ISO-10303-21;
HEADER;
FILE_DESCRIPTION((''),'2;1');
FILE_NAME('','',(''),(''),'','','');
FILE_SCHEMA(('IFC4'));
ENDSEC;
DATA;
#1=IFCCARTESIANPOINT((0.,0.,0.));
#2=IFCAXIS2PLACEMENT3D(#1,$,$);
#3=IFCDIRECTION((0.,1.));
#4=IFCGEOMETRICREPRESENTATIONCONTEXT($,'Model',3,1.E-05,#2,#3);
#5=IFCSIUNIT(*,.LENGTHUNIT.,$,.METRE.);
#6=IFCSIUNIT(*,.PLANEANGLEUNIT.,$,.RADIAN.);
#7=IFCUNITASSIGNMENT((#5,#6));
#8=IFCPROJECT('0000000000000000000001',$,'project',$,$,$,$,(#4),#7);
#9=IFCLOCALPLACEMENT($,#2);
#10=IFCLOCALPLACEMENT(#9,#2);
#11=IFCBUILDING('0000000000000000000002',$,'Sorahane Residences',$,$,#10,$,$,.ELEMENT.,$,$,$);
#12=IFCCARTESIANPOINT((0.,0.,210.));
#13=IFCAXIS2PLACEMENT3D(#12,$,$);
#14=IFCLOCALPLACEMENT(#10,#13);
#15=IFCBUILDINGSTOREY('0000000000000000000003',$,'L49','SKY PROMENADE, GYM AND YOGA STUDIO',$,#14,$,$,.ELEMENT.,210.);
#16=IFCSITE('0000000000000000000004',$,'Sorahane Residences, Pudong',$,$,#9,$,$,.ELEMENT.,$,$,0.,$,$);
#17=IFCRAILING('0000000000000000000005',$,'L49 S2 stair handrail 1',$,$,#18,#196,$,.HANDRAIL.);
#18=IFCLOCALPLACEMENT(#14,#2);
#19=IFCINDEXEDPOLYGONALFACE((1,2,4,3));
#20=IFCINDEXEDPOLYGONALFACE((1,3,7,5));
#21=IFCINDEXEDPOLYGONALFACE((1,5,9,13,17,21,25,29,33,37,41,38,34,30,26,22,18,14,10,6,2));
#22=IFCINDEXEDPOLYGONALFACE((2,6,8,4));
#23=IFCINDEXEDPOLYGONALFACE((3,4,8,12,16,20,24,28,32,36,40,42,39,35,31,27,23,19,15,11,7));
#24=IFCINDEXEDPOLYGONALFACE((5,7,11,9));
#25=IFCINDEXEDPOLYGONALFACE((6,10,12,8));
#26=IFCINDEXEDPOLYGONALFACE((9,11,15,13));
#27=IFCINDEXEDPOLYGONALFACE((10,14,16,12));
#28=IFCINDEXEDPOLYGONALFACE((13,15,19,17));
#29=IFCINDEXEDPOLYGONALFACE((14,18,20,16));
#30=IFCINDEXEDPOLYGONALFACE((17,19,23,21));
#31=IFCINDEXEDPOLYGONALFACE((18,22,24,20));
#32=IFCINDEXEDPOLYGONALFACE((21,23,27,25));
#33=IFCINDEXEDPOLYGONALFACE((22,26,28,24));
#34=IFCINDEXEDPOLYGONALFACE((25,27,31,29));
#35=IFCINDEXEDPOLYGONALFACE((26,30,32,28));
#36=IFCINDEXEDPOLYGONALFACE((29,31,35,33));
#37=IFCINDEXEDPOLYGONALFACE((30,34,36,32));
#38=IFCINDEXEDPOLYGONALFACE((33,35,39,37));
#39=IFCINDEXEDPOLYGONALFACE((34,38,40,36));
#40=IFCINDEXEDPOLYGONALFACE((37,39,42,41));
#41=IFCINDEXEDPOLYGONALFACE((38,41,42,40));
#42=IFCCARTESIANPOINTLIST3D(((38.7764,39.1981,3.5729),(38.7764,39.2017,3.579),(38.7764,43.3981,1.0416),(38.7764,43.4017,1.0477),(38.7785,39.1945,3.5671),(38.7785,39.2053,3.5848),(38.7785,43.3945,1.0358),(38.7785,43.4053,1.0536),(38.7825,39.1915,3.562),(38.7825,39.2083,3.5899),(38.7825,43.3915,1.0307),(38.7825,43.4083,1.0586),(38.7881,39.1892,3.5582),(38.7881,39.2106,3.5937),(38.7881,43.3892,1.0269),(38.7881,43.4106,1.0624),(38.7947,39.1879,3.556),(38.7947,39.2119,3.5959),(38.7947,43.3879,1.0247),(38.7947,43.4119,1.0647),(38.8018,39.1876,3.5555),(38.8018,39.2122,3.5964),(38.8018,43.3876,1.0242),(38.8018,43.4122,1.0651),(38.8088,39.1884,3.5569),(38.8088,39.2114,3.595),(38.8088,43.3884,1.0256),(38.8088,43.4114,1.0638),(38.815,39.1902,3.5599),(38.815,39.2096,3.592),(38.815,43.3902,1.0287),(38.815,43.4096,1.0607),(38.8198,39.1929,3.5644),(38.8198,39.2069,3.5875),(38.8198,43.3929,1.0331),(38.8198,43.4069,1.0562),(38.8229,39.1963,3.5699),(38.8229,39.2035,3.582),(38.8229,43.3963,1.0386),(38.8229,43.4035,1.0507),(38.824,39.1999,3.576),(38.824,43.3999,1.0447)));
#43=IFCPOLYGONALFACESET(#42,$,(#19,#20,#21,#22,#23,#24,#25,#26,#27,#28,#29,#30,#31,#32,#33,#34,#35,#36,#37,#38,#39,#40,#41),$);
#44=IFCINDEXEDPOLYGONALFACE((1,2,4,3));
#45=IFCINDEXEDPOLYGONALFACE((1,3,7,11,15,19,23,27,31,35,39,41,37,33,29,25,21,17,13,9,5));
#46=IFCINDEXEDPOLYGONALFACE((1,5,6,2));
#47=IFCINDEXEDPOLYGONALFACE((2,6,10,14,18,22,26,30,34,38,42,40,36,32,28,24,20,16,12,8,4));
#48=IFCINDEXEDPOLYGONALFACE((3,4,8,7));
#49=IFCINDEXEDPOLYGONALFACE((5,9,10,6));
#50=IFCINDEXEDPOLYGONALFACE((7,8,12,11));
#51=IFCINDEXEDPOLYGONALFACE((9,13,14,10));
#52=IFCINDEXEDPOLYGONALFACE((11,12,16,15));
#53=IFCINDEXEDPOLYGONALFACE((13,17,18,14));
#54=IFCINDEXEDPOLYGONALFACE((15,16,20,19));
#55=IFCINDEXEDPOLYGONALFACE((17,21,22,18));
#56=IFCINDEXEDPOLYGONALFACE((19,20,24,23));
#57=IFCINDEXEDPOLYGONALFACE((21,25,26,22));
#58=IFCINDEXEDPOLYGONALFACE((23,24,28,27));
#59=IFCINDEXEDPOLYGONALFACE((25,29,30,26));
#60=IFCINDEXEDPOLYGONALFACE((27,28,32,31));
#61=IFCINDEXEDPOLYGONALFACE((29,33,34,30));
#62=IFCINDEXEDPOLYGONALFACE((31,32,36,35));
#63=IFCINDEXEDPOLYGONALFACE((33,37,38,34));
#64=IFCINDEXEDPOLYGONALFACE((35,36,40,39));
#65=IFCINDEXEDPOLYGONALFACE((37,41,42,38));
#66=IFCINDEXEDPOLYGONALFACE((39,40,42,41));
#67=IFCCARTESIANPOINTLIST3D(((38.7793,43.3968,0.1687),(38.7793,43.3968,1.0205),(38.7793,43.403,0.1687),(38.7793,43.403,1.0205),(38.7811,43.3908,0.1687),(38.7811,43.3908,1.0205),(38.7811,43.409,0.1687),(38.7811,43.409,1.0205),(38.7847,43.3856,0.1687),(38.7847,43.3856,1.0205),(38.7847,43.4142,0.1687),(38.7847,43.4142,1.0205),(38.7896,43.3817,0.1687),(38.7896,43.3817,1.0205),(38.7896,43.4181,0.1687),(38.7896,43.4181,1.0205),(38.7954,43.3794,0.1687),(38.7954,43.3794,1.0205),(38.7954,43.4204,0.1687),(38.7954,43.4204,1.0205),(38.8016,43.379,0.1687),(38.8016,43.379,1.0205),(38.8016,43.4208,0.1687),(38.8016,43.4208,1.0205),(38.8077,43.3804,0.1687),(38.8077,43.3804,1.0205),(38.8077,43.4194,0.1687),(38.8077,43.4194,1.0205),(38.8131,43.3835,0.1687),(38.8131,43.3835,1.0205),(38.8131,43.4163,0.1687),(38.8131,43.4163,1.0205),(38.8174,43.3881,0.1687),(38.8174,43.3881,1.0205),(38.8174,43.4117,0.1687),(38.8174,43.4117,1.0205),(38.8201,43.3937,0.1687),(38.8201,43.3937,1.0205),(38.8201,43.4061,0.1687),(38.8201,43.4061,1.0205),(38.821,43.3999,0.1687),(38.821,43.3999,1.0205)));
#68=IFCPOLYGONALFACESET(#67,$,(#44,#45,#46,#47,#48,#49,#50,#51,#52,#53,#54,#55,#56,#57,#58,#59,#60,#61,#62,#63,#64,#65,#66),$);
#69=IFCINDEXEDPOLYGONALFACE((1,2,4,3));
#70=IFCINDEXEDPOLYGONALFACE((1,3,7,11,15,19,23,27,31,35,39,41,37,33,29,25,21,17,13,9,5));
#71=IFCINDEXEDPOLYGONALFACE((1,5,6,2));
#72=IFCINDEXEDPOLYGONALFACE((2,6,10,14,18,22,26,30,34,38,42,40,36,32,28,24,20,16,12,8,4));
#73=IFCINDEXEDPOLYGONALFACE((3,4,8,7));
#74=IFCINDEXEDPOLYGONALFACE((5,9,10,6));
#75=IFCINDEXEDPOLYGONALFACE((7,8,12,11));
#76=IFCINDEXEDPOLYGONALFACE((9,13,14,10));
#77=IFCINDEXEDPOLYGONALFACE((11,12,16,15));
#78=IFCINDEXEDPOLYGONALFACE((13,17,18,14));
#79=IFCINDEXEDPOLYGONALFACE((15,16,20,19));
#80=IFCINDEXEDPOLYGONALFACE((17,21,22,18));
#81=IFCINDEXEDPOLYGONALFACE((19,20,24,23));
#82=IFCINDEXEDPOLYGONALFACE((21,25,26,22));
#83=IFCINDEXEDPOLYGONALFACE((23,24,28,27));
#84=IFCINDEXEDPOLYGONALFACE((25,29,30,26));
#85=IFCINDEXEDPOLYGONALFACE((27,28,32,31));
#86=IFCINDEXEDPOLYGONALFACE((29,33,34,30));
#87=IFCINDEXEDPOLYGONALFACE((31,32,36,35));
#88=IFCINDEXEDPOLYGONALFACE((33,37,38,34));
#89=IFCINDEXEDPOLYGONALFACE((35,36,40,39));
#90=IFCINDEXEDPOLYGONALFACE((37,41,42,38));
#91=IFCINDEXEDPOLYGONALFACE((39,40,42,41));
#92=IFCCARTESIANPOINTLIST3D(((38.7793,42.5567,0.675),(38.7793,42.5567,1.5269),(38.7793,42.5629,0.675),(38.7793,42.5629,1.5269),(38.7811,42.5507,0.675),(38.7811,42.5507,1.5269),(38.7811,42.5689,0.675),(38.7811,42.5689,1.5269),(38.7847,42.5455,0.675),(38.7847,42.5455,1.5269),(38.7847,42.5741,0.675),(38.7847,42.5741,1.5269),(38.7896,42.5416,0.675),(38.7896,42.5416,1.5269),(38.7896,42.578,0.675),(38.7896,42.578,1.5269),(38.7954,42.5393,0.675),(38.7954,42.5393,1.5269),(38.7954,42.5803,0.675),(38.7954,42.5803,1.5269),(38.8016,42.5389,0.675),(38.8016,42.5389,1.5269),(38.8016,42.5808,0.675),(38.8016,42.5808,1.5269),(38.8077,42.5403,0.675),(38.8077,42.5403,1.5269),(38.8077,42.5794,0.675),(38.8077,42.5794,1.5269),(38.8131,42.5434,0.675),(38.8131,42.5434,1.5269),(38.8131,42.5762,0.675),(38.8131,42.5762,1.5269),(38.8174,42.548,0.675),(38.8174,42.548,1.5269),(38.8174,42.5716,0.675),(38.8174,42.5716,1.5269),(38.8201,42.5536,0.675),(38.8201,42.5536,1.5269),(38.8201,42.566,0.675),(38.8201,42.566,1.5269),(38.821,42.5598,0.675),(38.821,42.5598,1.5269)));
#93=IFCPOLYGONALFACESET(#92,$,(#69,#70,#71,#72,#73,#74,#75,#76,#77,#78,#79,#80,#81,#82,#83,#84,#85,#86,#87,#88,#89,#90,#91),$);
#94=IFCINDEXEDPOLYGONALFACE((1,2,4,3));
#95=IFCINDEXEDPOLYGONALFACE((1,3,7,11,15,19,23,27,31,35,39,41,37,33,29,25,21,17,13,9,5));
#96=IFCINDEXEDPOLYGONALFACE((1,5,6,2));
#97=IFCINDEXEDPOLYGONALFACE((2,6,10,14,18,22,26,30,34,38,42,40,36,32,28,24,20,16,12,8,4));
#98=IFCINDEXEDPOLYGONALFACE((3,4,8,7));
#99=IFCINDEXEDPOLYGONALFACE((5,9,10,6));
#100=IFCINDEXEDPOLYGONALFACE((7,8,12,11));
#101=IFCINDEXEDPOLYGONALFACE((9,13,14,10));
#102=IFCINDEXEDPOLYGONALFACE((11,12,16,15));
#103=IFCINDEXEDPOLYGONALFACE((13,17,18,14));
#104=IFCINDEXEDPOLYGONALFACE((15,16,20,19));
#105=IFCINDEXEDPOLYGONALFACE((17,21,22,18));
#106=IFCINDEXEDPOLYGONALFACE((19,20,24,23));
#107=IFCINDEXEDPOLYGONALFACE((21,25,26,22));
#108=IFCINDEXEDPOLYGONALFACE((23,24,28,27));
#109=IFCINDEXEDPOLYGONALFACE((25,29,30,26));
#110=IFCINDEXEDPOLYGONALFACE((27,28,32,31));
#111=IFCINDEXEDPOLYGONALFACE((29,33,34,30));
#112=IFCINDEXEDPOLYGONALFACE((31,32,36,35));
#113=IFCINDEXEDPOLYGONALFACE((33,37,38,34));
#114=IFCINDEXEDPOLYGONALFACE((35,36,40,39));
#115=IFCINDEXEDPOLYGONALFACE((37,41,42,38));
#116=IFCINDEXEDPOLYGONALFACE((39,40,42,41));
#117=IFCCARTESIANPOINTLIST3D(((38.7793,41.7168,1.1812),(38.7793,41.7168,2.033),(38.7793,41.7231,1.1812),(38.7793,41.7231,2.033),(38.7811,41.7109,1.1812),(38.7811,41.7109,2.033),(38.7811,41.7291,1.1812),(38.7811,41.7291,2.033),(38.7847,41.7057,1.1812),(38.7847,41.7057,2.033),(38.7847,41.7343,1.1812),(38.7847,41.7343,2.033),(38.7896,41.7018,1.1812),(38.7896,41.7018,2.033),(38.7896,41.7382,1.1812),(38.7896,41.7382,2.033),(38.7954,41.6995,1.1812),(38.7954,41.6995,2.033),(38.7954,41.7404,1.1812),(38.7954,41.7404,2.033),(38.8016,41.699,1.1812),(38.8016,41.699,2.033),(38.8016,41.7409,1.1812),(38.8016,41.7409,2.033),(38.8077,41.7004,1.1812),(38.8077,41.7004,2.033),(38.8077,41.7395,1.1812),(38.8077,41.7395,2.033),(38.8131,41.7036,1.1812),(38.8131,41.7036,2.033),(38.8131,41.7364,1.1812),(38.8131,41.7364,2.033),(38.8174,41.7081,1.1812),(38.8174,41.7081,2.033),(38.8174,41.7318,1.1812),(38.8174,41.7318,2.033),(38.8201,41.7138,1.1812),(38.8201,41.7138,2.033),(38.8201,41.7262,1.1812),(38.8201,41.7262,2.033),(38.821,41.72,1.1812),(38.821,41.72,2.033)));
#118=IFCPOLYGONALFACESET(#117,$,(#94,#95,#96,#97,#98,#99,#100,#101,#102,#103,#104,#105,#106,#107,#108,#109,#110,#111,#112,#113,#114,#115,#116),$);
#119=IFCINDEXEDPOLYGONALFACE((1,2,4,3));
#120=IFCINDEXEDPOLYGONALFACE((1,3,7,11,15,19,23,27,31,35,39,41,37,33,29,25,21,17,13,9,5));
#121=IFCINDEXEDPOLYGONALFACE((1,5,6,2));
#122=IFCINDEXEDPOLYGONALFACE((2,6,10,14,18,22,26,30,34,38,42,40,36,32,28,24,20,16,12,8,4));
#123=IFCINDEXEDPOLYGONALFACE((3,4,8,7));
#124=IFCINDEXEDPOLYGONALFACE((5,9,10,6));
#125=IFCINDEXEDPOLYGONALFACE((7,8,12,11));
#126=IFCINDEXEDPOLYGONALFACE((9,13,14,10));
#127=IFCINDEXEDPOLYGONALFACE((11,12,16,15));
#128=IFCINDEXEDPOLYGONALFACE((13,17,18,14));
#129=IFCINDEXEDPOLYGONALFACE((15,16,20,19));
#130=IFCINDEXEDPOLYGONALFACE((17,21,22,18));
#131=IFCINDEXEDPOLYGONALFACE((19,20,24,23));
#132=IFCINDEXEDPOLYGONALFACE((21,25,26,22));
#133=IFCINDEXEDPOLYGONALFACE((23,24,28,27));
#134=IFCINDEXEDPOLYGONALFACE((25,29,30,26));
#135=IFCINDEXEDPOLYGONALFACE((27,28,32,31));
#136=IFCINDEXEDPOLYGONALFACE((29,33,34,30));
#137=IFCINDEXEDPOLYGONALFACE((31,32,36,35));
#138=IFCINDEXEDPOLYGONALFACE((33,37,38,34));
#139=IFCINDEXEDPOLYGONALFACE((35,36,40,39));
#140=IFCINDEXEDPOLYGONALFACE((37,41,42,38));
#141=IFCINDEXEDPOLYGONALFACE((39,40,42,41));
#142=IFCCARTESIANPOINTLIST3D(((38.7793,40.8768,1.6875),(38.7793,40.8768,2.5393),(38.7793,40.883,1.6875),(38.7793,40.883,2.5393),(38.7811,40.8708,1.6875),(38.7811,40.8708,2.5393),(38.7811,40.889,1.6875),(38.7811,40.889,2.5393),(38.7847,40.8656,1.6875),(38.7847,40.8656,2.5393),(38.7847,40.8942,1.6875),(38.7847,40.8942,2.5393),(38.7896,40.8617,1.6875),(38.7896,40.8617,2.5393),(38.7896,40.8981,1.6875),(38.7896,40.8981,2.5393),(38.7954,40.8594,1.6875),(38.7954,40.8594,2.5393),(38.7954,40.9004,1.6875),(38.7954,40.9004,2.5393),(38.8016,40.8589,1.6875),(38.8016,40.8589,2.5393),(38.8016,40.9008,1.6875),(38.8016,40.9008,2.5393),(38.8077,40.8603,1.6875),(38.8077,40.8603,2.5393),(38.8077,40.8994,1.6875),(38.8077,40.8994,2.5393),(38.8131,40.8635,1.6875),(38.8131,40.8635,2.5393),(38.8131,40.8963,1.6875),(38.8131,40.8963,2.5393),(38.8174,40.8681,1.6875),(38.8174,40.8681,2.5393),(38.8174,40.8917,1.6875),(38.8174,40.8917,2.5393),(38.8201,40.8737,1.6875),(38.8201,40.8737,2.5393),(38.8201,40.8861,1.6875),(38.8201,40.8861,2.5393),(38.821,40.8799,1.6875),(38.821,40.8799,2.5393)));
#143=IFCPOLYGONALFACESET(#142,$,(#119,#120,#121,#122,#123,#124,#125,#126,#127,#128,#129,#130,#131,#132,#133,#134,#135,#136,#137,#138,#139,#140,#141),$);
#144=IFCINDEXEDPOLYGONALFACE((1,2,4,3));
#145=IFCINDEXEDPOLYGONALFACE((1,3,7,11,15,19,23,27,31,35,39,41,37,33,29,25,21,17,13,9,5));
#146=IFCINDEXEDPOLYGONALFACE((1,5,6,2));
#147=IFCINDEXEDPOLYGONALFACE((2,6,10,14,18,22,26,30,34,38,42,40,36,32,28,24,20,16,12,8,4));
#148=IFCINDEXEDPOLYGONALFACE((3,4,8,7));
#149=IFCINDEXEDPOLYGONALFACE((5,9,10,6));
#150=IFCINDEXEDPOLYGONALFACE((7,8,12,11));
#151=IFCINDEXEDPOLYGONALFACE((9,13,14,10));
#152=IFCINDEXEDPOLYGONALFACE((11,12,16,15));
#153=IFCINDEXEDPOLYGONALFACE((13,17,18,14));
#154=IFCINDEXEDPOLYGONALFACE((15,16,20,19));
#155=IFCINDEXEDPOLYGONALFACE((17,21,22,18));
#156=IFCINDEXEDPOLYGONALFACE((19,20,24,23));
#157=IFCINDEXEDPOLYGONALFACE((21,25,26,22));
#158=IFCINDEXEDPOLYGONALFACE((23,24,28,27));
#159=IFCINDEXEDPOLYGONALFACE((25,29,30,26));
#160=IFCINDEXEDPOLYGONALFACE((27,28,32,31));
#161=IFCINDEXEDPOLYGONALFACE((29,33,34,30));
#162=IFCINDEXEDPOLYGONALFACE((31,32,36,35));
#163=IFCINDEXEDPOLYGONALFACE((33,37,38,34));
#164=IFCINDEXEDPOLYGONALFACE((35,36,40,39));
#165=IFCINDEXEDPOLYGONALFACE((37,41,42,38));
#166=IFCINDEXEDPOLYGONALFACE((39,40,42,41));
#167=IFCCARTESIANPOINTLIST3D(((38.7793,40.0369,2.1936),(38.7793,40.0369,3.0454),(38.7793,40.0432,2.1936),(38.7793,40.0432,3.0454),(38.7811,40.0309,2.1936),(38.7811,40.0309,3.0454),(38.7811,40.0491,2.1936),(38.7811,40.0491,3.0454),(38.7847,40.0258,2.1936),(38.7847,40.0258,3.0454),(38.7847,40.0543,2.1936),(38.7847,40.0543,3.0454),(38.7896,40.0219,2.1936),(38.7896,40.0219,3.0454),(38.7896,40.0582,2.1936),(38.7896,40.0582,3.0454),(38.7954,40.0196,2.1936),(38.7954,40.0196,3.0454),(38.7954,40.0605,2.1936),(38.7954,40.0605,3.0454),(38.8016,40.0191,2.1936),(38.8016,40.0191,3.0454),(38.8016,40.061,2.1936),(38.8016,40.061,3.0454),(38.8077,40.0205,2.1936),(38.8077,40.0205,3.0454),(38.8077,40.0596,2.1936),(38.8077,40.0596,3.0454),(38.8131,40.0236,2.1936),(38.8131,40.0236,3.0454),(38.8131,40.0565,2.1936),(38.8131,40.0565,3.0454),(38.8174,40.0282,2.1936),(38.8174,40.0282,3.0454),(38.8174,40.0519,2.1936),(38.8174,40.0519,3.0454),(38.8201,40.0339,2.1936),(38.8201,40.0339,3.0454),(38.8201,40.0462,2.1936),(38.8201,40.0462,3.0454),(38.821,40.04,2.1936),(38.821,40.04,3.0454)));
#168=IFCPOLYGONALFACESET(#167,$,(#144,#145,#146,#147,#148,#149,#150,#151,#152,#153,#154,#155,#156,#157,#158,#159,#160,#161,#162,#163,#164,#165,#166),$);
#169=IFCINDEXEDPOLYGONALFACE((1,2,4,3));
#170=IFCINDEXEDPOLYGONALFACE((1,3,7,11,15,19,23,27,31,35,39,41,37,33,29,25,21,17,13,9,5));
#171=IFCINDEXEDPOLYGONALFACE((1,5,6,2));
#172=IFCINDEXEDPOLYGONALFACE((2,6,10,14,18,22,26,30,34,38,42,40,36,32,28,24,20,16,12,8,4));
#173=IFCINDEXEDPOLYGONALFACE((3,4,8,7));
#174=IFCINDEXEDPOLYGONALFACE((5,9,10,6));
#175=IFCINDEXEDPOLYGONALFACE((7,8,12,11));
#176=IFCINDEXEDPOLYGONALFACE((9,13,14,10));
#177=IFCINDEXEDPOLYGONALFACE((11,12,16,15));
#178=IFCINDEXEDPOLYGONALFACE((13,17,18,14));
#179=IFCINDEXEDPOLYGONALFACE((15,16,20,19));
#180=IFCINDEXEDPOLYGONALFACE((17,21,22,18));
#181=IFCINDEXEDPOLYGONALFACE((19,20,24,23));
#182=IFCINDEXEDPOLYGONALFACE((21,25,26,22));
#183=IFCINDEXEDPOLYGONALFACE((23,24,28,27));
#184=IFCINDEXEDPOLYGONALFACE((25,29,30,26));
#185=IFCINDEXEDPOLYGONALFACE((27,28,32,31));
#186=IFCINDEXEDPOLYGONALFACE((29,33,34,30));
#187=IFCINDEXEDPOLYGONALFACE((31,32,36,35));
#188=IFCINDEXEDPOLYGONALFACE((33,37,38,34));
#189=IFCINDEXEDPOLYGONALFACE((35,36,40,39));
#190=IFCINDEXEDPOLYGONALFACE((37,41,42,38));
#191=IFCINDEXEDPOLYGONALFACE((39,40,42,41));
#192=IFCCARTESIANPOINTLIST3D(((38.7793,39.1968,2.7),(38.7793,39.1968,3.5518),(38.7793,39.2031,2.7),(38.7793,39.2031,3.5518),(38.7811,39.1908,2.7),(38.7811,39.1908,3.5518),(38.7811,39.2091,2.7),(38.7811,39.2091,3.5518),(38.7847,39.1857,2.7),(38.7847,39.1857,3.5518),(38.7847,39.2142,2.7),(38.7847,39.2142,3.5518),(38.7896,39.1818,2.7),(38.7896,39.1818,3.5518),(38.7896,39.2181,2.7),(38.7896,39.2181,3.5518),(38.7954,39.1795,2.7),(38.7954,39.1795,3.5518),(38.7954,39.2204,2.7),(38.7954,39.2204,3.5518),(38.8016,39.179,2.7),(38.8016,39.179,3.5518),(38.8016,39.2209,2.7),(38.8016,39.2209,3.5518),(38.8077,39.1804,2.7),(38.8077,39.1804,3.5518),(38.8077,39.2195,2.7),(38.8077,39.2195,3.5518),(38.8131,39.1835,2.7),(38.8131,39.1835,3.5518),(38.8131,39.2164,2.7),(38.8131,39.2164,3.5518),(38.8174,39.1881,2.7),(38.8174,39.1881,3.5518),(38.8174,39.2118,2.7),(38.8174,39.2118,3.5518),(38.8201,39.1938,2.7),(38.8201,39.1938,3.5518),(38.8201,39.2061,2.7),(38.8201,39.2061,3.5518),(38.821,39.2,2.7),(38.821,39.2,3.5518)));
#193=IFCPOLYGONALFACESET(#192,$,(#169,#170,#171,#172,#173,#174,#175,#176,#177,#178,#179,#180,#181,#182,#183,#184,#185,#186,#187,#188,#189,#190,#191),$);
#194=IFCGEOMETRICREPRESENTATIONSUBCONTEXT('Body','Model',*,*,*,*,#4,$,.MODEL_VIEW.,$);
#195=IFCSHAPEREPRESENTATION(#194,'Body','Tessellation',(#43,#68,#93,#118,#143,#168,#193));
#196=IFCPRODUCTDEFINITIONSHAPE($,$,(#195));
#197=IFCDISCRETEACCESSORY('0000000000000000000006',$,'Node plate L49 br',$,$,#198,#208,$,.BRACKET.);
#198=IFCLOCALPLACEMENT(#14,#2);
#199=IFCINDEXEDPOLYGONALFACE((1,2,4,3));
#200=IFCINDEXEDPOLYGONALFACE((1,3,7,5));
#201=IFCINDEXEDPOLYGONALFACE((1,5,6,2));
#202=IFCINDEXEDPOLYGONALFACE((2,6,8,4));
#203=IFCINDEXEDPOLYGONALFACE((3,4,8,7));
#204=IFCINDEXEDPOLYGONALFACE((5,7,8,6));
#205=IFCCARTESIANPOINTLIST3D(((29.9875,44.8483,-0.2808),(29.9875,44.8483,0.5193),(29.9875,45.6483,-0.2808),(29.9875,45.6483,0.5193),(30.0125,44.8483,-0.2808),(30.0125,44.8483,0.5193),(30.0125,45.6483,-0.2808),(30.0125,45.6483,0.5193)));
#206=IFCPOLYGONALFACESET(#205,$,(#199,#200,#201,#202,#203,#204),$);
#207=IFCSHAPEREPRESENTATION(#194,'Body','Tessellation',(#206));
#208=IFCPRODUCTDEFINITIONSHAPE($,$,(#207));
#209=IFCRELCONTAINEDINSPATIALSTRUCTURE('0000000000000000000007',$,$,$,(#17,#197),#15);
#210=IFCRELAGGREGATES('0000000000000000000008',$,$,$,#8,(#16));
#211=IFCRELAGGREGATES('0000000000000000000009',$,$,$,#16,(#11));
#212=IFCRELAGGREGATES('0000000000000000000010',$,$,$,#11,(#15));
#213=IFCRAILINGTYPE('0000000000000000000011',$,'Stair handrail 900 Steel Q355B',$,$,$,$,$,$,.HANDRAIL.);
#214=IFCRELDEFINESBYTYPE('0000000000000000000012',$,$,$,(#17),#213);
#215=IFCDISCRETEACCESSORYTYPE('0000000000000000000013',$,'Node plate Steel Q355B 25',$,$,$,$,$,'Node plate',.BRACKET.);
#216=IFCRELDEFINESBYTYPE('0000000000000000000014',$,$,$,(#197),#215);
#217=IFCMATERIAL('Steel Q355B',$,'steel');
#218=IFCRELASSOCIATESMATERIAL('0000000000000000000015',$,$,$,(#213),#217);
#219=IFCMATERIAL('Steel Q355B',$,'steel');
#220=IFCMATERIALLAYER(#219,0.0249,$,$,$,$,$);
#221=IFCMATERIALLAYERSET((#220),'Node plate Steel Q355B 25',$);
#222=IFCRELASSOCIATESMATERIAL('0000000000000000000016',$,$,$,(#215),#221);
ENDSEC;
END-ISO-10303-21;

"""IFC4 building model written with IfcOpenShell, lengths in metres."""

from ifc_helpers import new_model, si_unit, direction, frame, origin, origin_2d, place, context, subcontext, project, spatial, rectangle, circle, extrude, material, layer, layer_set, type_object, element, save


model = new_model("IFC4")

# Units and contexts
model_context = context("Model", 3, precision=1e-05, world=origin(), true_north=direction((0.0, 1.0)))
body_context = subcontext(model_context, "Body", "Model", "MODEL_VIEW")
ifc_project = project(units=[si_unit("LENGTHUNIT", "METRE"), si_unit("PLANEANGLEUNIT", "RADIAN")], contexts=[model_context])

# Site, building, storey
site_placement = place(None, origin())
site = spatial("IfcSite", under=ifc_project, at=site_placement, Name="Sorahane Residences, Pudong", CompositionType="ELEMENT", RefElevation=0.0)
building_placement = place(site_placement, origin())
building = spatial("IfcBuilding", under=site, at=building_placement, Name="Sorahane Residences", CompositionType="ELEMENT")
storey_placement = place(building_placement, frame((0.0, 0.0, 210.0)))
storey = spatial("IfcBuildingStorey", under=building, at=storey_placement, Name="L49", Description="SKY PROMENADE, GYM AND YOGA STUDIO", CompositionType="ELEMENT", Elevation=210.0)

# Railing
ifc_material_1 = material(Name="Steel Q355B", Category="steel")
railing_type_1 = type_object("IfcRailingType", Name="Stair handrail 900 Steel Q355B", PredefinedType="HANDRAIL", material=ifc_material_1)
railing_1_placement = place(storey_placement, frame((38.8, 43.3999, 0.1687)))
element("IfcRailing", 1, at=railing_1_placement, inside=storey, type_object=railing_type_1, Name="L49 S2 stair handrail 1", PredefinedType="HANDRAIL", context=body_context, shape_type="SweptSolid", body=[
    extrude(circle(Radius=0.0239, at=origin_2d()), frame((0.0, 0.0, 0.876), z_axis=(0.0, -0.856476, 0.516186), x_axis=(1.0, 0.0, 0.0)), (0.0, 0.0, 1.0), 4.9038),
    extrude(circle(Radius=0.021, at=origin_2d()), origin(), (0.0, 0.0, 1.0), 0.8518),
    extrude(circle(Radius=0.021, at=origin_2d()), frame((0.0, -0.8401, 0.5063)), (0.0, 0.0, 1.0), 0.8518),
    extrude(circle(Radius=0.021, at=origin_2d()), frame((0.0, -1.6799, 1.0125)), (0.0, 0.0, 1.0), 0.8518),
    extrude(circle(Radius=0.021, at=origin_2d()), frame((0.0, -2.52, 1.5188)), (0.0, 0.0, 1.0), 0.8518),
    extrude(circle(Radius=0.021, at=origin_2d()), frame((0.0, -3.3599, 2.0249)), (0.0, 0.0, 1.0), 0.8518),
    extrude(circle(Radius=0.021, at=origin_2d()), frame((0.0, -4.2, 2.5312)), (0.0, 0.0, 1.0), 0.8518),
])

# Discrete accessory
ifc_material_2 = material(Name="Steel Q355B", Category="steel")
ifc_layer_1 = layer(ifc_material_2, 0.0249)
ifc_layer_set_1 = layer_set([ifc_layer_1], Name="Node plate Steel Q355B 25")
discrete_accessory_type = type_object("IfcDiscreteAccessoryType", Name="Node plate Steel Q355B 25", ElementType="Node plate", PredefinedType="BRACKET", material=ifc_layer_set_1)
for number, where, z_axis, x_axis, name in (
    (2, (30.0, 45.2483, -0.2808), (0.0, 0.0, 1.0), (0.0, 1.0, 0.0), "Node plate L49 br"),
):
    element("IfcDiscreteAccessory", number, at=place(storey_placement, frame(where, z_axis=z_axis, x_axis=x_axis)), inside=storey, type_object=discrete_accessory_type, Name=name, PredefinedType="BRACKET", context=body_context, shape_type="SweptSolid", body=[
        extrude(rectangle(XDim=0.8, YDim=0.0249, at=origin_2d()), origin(), (0.0, 0.0, 1.0), 0.8),
    ])

save(model, "model.ifc")
